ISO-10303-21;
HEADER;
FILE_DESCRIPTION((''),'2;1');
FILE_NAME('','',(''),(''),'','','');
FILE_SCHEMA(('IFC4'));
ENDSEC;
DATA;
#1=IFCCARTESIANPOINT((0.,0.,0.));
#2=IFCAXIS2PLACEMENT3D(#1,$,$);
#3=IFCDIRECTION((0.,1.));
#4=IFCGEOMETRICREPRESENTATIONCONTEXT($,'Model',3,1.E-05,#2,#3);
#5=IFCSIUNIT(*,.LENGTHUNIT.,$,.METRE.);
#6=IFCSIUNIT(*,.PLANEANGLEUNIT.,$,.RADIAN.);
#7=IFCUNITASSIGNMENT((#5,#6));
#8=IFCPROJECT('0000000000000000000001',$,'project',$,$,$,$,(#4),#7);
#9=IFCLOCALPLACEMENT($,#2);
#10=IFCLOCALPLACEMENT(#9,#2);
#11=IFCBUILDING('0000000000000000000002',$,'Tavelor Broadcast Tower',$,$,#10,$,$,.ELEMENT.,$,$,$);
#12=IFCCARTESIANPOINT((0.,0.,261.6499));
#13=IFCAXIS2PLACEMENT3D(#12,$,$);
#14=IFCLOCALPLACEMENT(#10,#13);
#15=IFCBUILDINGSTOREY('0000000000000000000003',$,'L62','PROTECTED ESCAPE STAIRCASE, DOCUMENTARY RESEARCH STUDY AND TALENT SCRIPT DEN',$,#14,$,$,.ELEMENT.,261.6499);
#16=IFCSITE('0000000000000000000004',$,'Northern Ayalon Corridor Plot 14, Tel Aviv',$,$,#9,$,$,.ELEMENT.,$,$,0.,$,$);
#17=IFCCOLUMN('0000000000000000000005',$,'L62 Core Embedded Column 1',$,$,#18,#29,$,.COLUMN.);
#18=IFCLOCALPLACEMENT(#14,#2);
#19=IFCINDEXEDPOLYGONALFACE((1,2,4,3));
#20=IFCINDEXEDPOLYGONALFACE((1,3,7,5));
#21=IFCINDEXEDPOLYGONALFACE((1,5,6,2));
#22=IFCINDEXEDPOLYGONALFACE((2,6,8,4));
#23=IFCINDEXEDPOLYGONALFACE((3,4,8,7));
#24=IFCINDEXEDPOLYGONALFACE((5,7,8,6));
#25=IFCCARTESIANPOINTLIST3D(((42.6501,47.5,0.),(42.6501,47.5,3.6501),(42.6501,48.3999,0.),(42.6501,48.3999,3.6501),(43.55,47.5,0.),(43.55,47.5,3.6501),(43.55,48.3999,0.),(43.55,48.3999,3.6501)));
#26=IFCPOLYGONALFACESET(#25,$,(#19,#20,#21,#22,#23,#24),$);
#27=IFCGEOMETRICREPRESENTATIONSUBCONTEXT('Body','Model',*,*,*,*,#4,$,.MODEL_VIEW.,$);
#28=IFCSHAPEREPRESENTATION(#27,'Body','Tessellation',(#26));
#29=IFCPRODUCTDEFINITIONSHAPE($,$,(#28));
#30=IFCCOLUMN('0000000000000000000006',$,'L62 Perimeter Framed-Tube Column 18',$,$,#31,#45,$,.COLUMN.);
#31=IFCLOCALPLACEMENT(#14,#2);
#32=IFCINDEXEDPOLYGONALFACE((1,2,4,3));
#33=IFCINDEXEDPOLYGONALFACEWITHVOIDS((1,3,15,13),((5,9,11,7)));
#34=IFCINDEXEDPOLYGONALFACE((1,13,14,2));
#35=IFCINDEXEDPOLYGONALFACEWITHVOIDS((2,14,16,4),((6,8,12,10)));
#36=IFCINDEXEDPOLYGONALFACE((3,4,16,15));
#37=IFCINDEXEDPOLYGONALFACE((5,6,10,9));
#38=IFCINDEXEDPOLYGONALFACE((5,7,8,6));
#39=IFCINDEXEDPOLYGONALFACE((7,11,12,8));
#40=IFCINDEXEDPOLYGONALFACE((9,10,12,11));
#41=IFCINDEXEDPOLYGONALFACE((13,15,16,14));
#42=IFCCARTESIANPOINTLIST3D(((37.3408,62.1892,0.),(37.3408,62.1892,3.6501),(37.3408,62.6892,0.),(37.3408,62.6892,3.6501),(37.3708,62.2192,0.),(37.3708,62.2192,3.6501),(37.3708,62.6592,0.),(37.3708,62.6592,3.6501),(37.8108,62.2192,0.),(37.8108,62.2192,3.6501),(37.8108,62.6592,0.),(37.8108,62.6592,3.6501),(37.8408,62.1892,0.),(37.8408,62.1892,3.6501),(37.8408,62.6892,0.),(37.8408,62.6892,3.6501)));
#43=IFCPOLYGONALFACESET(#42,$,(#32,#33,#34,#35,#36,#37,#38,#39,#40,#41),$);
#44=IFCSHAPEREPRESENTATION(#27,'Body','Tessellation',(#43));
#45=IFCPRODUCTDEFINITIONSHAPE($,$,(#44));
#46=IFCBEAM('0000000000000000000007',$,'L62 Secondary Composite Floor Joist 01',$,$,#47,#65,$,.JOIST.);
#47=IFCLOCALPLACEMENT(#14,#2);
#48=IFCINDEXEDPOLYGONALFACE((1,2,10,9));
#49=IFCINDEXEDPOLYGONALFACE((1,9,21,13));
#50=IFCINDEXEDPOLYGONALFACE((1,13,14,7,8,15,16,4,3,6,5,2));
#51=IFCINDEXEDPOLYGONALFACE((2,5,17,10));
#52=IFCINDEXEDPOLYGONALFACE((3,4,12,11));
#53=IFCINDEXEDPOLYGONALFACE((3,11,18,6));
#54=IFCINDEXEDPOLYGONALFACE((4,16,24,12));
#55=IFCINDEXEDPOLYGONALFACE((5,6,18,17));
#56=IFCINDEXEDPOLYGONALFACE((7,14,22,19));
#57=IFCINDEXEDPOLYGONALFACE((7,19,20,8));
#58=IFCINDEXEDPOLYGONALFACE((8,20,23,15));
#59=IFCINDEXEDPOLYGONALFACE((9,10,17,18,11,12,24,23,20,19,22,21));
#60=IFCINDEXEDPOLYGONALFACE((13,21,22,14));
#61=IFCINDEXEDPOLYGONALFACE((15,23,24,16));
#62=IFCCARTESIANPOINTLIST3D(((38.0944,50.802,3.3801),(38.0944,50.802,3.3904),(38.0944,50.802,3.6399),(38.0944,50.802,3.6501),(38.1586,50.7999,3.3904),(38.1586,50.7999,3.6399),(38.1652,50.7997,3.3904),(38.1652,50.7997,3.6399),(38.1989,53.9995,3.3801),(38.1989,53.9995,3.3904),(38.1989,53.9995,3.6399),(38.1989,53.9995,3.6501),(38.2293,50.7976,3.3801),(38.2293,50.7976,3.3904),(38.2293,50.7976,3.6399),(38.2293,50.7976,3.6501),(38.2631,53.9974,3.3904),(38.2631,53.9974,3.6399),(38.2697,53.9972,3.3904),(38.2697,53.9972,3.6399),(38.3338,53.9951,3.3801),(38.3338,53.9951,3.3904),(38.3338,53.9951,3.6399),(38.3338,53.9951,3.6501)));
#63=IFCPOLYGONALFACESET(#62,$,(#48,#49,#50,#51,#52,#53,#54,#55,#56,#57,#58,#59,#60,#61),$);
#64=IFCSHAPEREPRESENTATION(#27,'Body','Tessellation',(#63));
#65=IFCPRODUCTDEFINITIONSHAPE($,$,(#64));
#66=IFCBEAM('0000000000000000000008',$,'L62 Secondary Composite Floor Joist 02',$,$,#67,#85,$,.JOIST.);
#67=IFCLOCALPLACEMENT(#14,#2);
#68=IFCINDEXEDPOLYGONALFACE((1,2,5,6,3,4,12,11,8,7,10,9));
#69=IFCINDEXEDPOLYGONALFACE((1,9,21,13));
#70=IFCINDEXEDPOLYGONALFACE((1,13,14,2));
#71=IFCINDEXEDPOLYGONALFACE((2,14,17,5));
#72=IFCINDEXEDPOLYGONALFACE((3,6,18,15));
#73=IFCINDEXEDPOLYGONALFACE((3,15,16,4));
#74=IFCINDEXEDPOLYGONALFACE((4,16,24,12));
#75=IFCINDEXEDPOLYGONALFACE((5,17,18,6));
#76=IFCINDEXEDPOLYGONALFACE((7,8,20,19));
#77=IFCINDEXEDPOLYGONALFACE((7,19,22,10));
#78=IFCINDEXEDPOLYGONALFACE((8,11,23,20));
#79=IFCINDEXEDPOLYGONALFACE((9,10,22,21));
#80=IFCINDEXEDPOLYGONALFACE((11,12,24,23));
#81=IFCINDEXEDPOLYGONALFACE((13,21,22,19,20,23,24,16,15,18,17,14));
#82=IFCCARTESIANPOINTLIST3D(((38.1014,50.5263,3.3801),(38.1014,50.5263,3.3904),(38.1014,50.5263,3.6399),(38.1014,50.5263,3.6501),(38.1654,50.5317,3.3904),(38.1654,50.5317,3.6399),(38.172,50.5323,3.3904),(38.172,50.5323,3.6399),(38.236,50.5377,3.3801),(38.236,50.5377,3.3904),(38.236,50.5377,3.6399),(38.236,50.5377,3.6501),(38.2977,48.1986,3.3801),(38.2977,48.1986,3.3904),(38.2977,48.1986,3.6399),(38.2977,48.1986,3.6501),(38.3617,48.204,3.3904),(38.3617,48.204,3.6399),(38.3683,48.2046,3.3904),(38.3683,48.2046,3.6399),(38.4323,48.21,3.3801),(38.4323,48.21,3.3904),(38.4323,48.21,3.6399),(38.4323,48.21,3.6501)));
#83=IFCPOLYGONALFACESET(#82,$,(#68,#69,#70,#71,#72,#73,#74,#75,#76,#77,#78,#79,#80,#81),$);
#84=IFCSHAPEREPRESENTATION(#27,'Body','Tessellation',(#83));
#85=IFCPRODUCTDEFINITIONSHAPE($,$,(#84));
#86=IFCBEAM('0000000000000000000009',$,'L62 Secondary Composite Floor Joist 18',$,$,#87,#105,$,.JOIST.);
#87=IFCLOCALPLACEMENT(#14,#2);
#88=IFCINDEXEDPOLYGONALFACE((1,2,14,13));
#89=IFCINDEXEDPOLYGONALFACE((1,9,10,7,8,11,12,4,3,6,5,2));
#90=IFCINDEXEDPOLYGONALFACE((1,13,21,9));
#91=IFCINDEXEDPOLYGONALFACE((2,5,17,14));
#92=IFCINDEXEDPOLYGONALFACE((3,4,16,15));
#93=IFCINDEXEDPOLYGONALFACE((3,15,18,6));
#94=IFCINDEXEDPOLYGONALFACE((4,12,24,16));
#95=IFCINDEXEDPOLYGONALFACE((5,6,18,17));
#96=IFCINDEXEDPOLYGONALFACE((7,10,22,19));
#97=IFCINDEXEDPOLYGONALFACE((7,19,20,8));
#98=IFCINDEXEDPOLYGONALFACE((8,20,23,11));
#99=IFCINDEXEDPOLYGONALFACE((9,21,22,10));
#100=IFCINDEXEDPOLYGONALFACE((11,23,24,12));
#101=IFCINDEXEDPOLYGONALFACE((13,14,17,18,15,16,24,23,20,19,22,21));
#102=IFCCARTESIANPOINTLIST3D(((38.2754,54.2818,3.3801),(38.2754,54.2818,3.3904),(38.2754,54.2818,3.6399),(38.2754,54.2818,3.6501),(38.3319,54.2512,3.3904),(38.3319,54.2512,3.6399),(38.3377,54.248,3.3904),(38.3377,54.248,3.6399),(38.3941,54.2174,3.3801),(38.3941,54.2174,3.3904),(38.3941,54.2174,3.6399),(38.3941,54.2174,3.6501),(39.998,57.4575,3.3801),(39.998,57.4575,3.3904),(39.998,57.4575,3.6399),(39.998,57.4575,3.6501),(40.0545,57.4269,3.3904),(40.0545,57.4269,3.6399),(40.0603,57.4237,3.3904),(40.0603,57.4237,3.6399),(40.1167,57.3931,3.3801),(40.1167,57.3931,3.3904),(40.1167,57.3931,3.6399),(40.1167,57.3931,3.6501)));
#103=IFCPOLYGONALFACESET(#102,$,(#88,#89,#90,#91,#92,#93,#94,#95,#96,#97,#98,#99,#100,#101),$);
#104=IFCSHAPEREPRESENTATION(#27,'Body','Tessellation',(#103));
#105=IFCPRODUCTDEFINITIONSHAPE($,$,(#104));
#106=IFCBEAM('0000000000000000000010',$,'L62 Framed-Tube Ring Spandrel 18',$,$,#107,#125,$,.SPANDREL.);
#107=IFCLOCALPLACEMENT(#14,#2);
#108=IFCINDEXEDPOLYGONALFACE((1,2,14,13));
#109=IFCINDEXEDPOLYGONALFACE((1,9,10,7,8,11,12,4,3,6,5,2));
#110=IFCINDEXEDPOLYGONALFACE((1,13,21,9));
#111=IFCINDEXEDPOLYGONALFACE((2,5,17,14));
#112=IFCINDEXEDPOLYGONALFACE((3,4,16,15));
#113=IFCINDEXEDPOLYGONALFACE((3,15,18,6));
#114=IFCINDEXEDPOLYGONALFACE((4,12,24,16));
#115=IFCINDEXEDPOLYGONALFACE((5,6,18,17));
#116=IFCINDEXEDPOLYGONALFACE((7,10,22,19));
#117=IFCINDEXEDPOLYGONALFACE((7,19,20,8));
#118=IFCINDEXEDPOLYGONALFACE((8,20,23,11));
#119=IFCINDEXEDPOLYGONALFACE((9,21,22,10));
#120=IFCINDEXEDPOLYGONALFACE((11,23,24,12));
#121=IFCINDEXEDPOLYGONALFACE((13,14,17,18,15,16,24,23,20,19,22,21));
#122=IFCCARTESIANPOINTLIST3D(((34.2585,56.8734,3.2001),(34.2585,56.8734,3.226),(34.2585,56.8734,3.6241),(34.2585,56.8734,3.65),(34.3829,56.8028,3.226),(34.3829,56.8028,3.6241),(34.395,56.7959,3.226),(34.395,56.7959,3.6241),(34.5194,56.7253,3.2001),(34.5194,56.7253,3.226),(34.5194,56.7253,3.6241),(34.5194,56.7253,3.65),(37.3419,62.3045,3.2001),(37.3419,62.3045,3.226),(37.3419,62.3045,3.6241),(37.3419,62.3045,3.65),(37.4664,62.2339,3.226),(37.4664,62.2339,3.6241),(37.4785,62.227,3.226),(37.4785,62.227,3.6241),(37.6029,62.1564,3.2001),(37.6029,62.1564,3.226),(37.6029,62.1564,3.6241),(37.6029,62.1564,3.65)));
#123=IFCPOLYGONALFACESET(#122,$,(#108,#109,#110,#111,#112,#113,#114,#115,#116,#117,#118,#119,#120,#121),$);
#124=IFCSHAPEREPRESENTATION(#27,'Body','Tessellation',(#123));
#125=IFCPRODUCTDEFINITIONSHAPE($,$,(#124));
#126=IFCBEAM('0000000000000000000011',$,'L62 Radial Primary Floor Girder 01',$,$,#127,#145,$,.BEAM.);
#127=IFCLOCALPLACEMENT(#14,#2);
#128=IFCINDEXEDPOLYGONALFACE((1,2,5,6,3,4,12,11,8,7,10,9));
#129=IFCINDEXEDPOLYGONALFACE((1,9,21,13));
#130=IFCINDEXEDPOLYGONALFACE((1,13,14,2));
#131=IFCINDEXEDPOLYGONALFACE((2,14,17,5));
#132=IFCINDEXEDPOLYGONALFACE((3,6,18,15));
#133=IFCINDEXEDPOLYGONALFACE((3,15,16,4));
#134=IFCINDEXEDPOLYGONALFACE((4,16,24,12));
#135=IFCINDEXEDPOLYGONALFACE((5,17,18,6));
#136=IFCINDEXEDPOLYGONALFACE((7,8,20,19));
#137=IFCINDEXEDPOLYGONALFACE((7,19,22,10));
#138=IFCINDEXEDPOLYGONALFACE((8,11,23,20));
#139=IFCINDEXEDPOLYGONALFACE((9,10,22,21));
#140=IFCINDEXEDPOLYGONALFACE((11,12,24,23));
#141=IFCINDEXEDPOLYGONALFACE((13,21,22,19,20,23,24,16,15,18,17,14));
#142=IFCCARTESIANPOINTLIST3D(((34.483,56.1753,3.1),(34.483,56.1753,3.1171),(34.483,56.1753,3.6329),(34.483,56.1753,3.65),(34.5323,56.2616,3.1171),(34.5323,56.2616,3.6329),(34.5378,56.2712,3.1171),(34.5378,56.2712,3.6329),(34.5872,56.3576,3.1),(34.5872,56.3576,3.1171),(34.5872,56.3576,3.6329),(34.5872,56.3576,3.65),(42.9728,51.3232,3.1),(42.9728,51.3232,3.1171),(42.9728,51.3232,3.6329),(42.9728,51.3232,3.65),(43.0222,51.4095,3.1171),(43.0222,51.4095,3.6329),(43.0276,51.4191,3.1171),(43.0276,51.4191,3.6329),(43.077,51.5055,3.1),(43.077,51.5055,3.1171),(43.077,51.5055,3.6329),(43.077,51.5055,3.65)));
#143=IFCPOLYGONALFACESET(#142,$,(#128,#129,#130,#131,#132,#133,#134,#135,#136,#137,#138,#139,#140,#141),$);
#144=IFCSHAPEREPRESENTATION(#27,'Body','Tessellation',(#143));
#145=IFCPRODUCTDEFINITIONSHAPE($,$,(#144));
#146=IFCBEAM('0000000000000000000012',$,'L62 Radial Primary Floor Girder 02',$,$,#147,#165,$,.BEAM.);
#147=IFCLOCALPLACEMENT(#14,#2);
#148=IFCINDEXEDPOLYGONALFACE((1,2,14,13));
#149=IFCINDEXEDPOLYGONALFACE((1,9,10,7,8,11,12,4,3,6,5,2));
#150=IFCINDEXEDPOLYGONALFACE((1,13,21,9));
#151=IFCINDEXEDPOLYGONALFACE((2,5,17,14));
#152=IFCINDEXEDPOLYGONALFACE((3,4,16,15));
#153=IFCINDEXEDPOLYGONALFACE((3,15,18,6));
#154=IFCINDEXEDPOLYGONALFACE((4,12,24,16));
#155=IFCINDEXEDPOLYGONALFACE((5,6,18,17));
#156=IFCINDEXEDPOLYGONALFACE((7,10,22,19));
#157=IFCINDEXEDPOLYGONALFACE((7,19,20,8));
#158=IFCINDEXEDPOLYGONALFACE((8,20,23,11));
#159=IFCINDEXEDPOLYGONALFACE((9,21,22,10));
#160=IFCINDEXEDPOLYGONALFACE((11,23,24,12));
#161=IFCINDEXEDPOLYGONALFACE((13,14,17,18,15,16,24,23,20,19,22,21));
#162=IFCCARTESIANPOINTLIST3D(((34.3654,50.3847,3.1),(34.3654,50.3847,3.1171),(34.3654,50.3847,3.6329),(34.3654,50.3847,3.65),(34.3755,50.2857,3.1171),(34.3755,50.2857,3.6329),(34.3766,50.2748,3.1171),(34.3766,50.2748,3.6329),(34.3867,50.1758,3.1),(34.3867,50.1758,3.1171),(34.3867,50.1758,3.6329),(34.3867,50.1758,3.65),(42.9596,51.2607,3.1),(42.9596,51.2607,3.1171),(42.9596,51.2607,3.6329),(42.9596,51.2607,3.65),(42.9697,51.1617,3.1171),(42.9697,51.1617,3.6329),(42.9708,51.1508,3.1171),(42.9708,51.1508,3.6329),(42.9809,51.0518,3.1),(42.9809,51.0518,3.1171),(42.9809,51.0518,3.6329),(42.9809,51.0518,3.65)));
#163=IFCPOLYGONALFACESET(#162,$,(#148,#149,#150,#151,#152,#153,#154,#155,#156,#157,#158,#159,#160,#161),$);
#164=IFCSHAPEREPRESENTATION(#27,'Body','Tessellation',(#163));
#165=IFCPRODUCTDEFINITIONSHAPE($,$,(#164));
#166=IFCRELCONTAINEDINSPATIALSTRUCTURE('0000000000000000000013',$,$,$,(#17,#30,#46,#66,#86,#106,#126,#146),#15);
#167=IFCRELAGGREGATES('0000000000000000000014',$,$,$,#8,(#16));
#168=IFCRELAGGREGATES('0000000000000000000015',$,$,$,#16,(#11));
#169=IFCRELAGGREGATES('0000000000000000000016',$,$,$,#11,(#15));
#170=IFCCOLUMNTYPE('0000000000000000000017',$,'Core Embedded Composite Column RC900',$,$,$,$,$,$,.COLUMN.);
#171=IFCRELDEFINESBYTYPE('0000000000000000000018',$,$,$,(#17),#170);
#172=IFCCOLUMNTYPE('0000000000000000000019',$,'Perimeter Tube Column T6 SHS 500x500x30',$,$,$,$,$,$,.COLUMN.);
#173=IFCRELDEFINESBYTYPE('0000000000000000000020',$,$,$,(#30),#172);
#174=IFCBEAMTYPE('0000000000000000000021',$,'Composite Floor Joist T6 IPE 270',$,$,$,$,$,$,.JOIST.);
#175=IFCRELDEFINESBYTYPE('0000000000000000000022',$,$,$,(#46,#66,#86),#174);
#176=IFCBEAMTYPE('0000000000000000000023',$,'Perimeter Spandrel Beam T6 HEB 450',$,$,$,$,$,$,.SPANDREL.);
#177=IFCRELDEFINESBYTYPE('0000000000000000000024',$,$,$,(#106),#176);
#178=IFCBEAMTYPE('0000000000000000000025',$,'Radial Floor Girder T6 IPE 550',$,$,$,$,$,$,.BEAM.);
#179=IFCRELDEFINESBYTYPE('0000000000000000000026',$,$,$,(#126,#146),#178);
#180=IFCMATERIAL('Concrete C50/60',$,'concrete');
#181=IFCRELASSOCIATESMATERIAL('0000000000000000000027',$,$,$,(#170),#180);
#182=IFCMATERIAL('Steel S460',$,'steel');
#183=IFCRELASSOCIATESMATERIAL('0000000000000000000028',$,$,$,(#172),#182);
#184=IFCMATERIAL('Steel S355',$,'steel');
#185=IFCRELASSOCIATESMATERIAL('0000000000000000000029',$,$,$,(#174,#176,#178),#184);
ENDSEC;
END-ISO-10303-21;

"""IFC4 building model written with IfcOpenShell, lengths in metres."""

from ifc_helpers import new_model, si_unit, direction, frame, origin, origin_2d, place, context, subcontext, project, spatial, rectangle, hollow_rectangle, i_section, extrude, material, material_profile, profile_set, type_object, element, save


model = new_model("IFC4")

# Units and contexts
model_context = context("Model", 3, precision=1e-05, world=origin(), true_north=direction((0.0, 1.0)))
body_context = subcontext(model_context, "Body", "Model", "MODEL_VIEW")
ifc_project = project(units=[si_unit("LENGTHUNIT", "METRE"), si_unit("PLANEANGLEUNIT", "RADIAN")], contexts=[model_context])

# Site, building, storey
site_placement = place(None, origin())
site = spatial("IfcSite", under=ifc_project, at=site_placement, Name="Northern Ayalon Corridor Plot 14, Tel Aviv", CompositionType="ELEMENT", RefElevation=0.0)
building_placement = place(site_placement, origin())
building = spatial("IfcBuilding", under=site, at=building_placement, Name="Tavelor Broadcast Tower", CompositionType="ELEMENT")
storey_placement = place(building_placement, frame((0.0, 0.0, 261.6499)))
storey = spatial("IfcBuildingStorey", under=building, at=storey_placement, Name="L62", Description="PROTECTED ESCAPE STAIRCASE, DOCUMENTARY RESEARCH STUDY AND TALENT SCRIPT DEN", CompositionType="ELEMENT", Elevation=261.6499)

# Columns
ifc_material_1 = material(Name="Concrete C50/60", Category="concrete")
ifc_material_profile_1 = material_profile(ifc_material_1, rectangle(XDim=0.8999, YDim=0.8999, at=origin_2d()), Name="RC 900x900")
ifc_profile_set_1 = profile_set([ifc_material_profile_1], Name="Concrete C50/60")
column_type_1 = type_object("IfcColumnType", Name="Core Embedded Composite Column RC900", PredefinedType="COLUMN", material=ifc_profile_set_1)
column_1_placement = place(storey_placement, frame((43.1001, 47.95, 0.0), z_axis=(0.0, 0.0, 1.0), x_axis=(1.0, 0.0, 0.0)))
element("IfcColumn", 1, at=column_1_placement, inside=storey, type_object=column_type_1, Name="L62 Core Embedded Column 1", PredefinedType="COLUMN", context=body_context, shape_type="SweptSolid", body=[
    extrude(rectangle(XDim=0.8999, YDim=0.8999, at=origin_2d()), origin(), (0.0, 0.0, 1.0), 3.6501),
])
ifc_material_2 = material(Name="Steel S460", Category="steel")
ifc_material_profile_2 = material_profile(ifc_material_2, hollow_rectangle(XDim=0.5, YDim=0.5, WallThickness=0.03, at=origin_2d()), Name="SHS 500x500x30")
ifc_profile_set_2 = profile_set([ifc_material_profile_2], Name="Steel S460")
column_type_2 = type_object("IfcColumnType", Name="Perimeter Tube Column T6 SHS 500x500x30", PredefinedType="COLUMN", material=ifc_profile_set_2)
column_2_placement = place(storey_placement, frame((37.5908, 62.4392, 0.0), z_axis=(0.0, 0.0, 1.0), x_axis=(1.0, 0.0, 0.0)))
element("IfcColumn", 2, at=column_2_placement, inside=storey, type_object=column_type_2, Name="L62 Perimeter Framed-Tube Column 18", PredefinedType="COLUMN", context=body_context, shape_type="SweptSolid", body=[
    extrude(hollow_rectangle(XDim=0.5, YDim=0.5, WallThickness=0.03, at=origin_2d()), origin(), (0.0, 0.0, 1.0), 3.6501),
])

# Beams
ifc_material_3 = material(Name="Steel S355", Category="steel")
ifc_material_profile_3 = material_profile(ifc_material_3, i_section(OverallWidth=0.135, OverallDepth=0.27, WebThickness=0.0066, FlangeThickness=0.0103, at=origin_2d()), Name="IPE 270")
ifc_profile_set_3 = profile_set([ifc_material_profile_3], Name="Steel S355")
beam_type_1 = type_object("IfcBeamType", Name="Composite Floor Joist T6 IPE 270", PredefinedType="JOIST", material=ifc_profile_set_3)
beam_1_placement = place(storey_placement, frame((38.2664, 53.9973, 3.5151), z_axis=(-0.032662, -0.999466, 0.0), x_axis=(0.999466, -0.032662, 0.0)))
element("IfcBeam", 3, at=beam_1_placement, inside=storey, type_object=beam_type_1, Name="L62 Secondary Composite Floor Joist 01", PredefinedType="JOIST", context=body_context, shape_type="SweptSolid", body=[
    extrude(i_section(OverallWidth=0.135, OverallDepth=0.27, WebThickness=0.0066, FlangeThickness=0.0103, at=origin_2d()), origin(), (0.0, 0.0, 1.0), 3.1992),
])
beam_2_placement = place(storey_placement, frame((38.1687, 50.532, 3.5151), z_axis=(0.084032, -0.996463, 0.0), x_axis=(0.996463, 0.084032, 0.0)))
element("IfcBeam", 4, at=beam_2_placement, inside=storey, type_object=beam_type_1, Name="L62 Secondary Composite Floor Joist 02", PredefinedType="JOIST", context=body_context, shape_type="SweptSolid", body=[
    extrude(i_section(OverallWidth=0.135, OverallDepth=0.27, WebThickness=0.0066, FlangeThickness=0.0103, at=origin_2d()), origin(), (0.0, 0.0, 1.0), 2.3359),
])
beam_3_placement = place(storey_placement, frame((40.0574, 57.4253, 3.5151), z_axis=(-0.476806, -0.879009, 0.0), x_axis=(0.879009, -0.476806, 0.0)))
element("IfcBeam", 5, at=beam_3_placement, inside=storey, type_object=beam_type_1, Name="L62 Secondary Composite Floor Joist 18", PredefinedType="JOIST", context=body_context, shape_type="SweptSolid", body=[
    extrude(i_section(OverallWidth=0.135, OverallDepth=0.27, WebThickness=0.0066, FlangeThickness=0.0103, at=origin_2d()), origin(), (0.0, 0.0, 1.0), 3.6128),
])
ifc_material_profile_4 = material_profile(ifc_material_3, i_section(OverallWidth=0.3, OverallDepth=0.45, WebThickness=0.0139, FlangeThickness=0.0259, at=origin_2d()), Name="HEB 450")
ifc_profile_set_4 = profile_set([ifc_material_profile_4], Name="Steel S355")
beam_type_2 = type_object("IfcBeamType", Name="Perimeter Spandrel Beam T6 HEB 450", PredefinedType="SPANDREL", material=ifc_profile_set_4)
beam_4_placement = place(storey_placement, frame((37.4724, 62.2305, 3.425), z_axis=(-0.493721, -0.869621, 0.0), x_axis=(0.869621, -0.493721, 0.0)))
element("IfcBeam", 6, at=beam_4_placement, inside=storey, type_object=beam_type_2, Name="L62 Framed-Tube Ring Spandrel 18", PredefinedType="SPANDREL", context=body_context, shape_type="SweptSolid", body=[
    extrude(i_section(OverallWidth=0.3, OverallDepth=0.45, WebThickness=0.0139, FlangeThickness=0.0259, at=origin_2d()), origin(), (0.0, 0.0, 1.0), 6.2454),
])
ifc_material_profile_5 = material_profile(ifc_material_3, i_section(OverallWidth=0.21, OverallDepth=0.55, WebThickness=0.011, FlangeThickness=0.0171, at=origin_2d()), Name="IPE 550")
ifc_profile_set_5 = profile_set([ifc_material_profile_5], Name="Steel S355")
beam_type_3 = type_object("IfcBeamType", Name="Radial Floor Girder T6 IPE 550", PredefinedType="BEAM", material=ifc_profile_set_5)
beam_5_placement = place(storey_placement, frame((43.0249, 51.4143, 3.375), z_axis=(-0.868209, 0.496198, 0.0), x_axis=(-0.496198, -0.868209, 0.0)))
element("IfcBeam", 7, at=beam_5_placement, inside=storey, type_object=beam_type_3, Name="L62 Radial Primary Floor Girder 01", PredefinedType="BEAM", context=body_context, shape_type="SweptSolid", body=[
    extrude(i_section(OverallWidth=0.21, OverallDepth=0.55, WebThickness=0.011, FlangeThickness=0.0171, at=origin_2d()), origin(), (0.0, 0.0, 1.0), 9.7786),
])
beam_6_placement = place(storey_placement, frame((42.9702, 51.1562, 3.375), z_axis=(-0.994846, -0.101401, 0.0), x_axis=(0.101401, -0.994846, 0.0)))
element("IfcBeam", 8, at=beam_6_placement, inside=storey, type_object=beam_type_3, Name="L62 Radial Primary Floor Girder 02", PredefinedType="BEAM", context=body_context, shape_type="SweptSolid", body=[
    extrude(i_section(OverallWidth=0.21, OverallDepth=0.55, WebThickness=0.011, FlangeThickness=0.0171, at=origin_2d()), origin(), (0.0, 0.0, 1.0), 8.6387),
])

save(model, "model.ifc")
